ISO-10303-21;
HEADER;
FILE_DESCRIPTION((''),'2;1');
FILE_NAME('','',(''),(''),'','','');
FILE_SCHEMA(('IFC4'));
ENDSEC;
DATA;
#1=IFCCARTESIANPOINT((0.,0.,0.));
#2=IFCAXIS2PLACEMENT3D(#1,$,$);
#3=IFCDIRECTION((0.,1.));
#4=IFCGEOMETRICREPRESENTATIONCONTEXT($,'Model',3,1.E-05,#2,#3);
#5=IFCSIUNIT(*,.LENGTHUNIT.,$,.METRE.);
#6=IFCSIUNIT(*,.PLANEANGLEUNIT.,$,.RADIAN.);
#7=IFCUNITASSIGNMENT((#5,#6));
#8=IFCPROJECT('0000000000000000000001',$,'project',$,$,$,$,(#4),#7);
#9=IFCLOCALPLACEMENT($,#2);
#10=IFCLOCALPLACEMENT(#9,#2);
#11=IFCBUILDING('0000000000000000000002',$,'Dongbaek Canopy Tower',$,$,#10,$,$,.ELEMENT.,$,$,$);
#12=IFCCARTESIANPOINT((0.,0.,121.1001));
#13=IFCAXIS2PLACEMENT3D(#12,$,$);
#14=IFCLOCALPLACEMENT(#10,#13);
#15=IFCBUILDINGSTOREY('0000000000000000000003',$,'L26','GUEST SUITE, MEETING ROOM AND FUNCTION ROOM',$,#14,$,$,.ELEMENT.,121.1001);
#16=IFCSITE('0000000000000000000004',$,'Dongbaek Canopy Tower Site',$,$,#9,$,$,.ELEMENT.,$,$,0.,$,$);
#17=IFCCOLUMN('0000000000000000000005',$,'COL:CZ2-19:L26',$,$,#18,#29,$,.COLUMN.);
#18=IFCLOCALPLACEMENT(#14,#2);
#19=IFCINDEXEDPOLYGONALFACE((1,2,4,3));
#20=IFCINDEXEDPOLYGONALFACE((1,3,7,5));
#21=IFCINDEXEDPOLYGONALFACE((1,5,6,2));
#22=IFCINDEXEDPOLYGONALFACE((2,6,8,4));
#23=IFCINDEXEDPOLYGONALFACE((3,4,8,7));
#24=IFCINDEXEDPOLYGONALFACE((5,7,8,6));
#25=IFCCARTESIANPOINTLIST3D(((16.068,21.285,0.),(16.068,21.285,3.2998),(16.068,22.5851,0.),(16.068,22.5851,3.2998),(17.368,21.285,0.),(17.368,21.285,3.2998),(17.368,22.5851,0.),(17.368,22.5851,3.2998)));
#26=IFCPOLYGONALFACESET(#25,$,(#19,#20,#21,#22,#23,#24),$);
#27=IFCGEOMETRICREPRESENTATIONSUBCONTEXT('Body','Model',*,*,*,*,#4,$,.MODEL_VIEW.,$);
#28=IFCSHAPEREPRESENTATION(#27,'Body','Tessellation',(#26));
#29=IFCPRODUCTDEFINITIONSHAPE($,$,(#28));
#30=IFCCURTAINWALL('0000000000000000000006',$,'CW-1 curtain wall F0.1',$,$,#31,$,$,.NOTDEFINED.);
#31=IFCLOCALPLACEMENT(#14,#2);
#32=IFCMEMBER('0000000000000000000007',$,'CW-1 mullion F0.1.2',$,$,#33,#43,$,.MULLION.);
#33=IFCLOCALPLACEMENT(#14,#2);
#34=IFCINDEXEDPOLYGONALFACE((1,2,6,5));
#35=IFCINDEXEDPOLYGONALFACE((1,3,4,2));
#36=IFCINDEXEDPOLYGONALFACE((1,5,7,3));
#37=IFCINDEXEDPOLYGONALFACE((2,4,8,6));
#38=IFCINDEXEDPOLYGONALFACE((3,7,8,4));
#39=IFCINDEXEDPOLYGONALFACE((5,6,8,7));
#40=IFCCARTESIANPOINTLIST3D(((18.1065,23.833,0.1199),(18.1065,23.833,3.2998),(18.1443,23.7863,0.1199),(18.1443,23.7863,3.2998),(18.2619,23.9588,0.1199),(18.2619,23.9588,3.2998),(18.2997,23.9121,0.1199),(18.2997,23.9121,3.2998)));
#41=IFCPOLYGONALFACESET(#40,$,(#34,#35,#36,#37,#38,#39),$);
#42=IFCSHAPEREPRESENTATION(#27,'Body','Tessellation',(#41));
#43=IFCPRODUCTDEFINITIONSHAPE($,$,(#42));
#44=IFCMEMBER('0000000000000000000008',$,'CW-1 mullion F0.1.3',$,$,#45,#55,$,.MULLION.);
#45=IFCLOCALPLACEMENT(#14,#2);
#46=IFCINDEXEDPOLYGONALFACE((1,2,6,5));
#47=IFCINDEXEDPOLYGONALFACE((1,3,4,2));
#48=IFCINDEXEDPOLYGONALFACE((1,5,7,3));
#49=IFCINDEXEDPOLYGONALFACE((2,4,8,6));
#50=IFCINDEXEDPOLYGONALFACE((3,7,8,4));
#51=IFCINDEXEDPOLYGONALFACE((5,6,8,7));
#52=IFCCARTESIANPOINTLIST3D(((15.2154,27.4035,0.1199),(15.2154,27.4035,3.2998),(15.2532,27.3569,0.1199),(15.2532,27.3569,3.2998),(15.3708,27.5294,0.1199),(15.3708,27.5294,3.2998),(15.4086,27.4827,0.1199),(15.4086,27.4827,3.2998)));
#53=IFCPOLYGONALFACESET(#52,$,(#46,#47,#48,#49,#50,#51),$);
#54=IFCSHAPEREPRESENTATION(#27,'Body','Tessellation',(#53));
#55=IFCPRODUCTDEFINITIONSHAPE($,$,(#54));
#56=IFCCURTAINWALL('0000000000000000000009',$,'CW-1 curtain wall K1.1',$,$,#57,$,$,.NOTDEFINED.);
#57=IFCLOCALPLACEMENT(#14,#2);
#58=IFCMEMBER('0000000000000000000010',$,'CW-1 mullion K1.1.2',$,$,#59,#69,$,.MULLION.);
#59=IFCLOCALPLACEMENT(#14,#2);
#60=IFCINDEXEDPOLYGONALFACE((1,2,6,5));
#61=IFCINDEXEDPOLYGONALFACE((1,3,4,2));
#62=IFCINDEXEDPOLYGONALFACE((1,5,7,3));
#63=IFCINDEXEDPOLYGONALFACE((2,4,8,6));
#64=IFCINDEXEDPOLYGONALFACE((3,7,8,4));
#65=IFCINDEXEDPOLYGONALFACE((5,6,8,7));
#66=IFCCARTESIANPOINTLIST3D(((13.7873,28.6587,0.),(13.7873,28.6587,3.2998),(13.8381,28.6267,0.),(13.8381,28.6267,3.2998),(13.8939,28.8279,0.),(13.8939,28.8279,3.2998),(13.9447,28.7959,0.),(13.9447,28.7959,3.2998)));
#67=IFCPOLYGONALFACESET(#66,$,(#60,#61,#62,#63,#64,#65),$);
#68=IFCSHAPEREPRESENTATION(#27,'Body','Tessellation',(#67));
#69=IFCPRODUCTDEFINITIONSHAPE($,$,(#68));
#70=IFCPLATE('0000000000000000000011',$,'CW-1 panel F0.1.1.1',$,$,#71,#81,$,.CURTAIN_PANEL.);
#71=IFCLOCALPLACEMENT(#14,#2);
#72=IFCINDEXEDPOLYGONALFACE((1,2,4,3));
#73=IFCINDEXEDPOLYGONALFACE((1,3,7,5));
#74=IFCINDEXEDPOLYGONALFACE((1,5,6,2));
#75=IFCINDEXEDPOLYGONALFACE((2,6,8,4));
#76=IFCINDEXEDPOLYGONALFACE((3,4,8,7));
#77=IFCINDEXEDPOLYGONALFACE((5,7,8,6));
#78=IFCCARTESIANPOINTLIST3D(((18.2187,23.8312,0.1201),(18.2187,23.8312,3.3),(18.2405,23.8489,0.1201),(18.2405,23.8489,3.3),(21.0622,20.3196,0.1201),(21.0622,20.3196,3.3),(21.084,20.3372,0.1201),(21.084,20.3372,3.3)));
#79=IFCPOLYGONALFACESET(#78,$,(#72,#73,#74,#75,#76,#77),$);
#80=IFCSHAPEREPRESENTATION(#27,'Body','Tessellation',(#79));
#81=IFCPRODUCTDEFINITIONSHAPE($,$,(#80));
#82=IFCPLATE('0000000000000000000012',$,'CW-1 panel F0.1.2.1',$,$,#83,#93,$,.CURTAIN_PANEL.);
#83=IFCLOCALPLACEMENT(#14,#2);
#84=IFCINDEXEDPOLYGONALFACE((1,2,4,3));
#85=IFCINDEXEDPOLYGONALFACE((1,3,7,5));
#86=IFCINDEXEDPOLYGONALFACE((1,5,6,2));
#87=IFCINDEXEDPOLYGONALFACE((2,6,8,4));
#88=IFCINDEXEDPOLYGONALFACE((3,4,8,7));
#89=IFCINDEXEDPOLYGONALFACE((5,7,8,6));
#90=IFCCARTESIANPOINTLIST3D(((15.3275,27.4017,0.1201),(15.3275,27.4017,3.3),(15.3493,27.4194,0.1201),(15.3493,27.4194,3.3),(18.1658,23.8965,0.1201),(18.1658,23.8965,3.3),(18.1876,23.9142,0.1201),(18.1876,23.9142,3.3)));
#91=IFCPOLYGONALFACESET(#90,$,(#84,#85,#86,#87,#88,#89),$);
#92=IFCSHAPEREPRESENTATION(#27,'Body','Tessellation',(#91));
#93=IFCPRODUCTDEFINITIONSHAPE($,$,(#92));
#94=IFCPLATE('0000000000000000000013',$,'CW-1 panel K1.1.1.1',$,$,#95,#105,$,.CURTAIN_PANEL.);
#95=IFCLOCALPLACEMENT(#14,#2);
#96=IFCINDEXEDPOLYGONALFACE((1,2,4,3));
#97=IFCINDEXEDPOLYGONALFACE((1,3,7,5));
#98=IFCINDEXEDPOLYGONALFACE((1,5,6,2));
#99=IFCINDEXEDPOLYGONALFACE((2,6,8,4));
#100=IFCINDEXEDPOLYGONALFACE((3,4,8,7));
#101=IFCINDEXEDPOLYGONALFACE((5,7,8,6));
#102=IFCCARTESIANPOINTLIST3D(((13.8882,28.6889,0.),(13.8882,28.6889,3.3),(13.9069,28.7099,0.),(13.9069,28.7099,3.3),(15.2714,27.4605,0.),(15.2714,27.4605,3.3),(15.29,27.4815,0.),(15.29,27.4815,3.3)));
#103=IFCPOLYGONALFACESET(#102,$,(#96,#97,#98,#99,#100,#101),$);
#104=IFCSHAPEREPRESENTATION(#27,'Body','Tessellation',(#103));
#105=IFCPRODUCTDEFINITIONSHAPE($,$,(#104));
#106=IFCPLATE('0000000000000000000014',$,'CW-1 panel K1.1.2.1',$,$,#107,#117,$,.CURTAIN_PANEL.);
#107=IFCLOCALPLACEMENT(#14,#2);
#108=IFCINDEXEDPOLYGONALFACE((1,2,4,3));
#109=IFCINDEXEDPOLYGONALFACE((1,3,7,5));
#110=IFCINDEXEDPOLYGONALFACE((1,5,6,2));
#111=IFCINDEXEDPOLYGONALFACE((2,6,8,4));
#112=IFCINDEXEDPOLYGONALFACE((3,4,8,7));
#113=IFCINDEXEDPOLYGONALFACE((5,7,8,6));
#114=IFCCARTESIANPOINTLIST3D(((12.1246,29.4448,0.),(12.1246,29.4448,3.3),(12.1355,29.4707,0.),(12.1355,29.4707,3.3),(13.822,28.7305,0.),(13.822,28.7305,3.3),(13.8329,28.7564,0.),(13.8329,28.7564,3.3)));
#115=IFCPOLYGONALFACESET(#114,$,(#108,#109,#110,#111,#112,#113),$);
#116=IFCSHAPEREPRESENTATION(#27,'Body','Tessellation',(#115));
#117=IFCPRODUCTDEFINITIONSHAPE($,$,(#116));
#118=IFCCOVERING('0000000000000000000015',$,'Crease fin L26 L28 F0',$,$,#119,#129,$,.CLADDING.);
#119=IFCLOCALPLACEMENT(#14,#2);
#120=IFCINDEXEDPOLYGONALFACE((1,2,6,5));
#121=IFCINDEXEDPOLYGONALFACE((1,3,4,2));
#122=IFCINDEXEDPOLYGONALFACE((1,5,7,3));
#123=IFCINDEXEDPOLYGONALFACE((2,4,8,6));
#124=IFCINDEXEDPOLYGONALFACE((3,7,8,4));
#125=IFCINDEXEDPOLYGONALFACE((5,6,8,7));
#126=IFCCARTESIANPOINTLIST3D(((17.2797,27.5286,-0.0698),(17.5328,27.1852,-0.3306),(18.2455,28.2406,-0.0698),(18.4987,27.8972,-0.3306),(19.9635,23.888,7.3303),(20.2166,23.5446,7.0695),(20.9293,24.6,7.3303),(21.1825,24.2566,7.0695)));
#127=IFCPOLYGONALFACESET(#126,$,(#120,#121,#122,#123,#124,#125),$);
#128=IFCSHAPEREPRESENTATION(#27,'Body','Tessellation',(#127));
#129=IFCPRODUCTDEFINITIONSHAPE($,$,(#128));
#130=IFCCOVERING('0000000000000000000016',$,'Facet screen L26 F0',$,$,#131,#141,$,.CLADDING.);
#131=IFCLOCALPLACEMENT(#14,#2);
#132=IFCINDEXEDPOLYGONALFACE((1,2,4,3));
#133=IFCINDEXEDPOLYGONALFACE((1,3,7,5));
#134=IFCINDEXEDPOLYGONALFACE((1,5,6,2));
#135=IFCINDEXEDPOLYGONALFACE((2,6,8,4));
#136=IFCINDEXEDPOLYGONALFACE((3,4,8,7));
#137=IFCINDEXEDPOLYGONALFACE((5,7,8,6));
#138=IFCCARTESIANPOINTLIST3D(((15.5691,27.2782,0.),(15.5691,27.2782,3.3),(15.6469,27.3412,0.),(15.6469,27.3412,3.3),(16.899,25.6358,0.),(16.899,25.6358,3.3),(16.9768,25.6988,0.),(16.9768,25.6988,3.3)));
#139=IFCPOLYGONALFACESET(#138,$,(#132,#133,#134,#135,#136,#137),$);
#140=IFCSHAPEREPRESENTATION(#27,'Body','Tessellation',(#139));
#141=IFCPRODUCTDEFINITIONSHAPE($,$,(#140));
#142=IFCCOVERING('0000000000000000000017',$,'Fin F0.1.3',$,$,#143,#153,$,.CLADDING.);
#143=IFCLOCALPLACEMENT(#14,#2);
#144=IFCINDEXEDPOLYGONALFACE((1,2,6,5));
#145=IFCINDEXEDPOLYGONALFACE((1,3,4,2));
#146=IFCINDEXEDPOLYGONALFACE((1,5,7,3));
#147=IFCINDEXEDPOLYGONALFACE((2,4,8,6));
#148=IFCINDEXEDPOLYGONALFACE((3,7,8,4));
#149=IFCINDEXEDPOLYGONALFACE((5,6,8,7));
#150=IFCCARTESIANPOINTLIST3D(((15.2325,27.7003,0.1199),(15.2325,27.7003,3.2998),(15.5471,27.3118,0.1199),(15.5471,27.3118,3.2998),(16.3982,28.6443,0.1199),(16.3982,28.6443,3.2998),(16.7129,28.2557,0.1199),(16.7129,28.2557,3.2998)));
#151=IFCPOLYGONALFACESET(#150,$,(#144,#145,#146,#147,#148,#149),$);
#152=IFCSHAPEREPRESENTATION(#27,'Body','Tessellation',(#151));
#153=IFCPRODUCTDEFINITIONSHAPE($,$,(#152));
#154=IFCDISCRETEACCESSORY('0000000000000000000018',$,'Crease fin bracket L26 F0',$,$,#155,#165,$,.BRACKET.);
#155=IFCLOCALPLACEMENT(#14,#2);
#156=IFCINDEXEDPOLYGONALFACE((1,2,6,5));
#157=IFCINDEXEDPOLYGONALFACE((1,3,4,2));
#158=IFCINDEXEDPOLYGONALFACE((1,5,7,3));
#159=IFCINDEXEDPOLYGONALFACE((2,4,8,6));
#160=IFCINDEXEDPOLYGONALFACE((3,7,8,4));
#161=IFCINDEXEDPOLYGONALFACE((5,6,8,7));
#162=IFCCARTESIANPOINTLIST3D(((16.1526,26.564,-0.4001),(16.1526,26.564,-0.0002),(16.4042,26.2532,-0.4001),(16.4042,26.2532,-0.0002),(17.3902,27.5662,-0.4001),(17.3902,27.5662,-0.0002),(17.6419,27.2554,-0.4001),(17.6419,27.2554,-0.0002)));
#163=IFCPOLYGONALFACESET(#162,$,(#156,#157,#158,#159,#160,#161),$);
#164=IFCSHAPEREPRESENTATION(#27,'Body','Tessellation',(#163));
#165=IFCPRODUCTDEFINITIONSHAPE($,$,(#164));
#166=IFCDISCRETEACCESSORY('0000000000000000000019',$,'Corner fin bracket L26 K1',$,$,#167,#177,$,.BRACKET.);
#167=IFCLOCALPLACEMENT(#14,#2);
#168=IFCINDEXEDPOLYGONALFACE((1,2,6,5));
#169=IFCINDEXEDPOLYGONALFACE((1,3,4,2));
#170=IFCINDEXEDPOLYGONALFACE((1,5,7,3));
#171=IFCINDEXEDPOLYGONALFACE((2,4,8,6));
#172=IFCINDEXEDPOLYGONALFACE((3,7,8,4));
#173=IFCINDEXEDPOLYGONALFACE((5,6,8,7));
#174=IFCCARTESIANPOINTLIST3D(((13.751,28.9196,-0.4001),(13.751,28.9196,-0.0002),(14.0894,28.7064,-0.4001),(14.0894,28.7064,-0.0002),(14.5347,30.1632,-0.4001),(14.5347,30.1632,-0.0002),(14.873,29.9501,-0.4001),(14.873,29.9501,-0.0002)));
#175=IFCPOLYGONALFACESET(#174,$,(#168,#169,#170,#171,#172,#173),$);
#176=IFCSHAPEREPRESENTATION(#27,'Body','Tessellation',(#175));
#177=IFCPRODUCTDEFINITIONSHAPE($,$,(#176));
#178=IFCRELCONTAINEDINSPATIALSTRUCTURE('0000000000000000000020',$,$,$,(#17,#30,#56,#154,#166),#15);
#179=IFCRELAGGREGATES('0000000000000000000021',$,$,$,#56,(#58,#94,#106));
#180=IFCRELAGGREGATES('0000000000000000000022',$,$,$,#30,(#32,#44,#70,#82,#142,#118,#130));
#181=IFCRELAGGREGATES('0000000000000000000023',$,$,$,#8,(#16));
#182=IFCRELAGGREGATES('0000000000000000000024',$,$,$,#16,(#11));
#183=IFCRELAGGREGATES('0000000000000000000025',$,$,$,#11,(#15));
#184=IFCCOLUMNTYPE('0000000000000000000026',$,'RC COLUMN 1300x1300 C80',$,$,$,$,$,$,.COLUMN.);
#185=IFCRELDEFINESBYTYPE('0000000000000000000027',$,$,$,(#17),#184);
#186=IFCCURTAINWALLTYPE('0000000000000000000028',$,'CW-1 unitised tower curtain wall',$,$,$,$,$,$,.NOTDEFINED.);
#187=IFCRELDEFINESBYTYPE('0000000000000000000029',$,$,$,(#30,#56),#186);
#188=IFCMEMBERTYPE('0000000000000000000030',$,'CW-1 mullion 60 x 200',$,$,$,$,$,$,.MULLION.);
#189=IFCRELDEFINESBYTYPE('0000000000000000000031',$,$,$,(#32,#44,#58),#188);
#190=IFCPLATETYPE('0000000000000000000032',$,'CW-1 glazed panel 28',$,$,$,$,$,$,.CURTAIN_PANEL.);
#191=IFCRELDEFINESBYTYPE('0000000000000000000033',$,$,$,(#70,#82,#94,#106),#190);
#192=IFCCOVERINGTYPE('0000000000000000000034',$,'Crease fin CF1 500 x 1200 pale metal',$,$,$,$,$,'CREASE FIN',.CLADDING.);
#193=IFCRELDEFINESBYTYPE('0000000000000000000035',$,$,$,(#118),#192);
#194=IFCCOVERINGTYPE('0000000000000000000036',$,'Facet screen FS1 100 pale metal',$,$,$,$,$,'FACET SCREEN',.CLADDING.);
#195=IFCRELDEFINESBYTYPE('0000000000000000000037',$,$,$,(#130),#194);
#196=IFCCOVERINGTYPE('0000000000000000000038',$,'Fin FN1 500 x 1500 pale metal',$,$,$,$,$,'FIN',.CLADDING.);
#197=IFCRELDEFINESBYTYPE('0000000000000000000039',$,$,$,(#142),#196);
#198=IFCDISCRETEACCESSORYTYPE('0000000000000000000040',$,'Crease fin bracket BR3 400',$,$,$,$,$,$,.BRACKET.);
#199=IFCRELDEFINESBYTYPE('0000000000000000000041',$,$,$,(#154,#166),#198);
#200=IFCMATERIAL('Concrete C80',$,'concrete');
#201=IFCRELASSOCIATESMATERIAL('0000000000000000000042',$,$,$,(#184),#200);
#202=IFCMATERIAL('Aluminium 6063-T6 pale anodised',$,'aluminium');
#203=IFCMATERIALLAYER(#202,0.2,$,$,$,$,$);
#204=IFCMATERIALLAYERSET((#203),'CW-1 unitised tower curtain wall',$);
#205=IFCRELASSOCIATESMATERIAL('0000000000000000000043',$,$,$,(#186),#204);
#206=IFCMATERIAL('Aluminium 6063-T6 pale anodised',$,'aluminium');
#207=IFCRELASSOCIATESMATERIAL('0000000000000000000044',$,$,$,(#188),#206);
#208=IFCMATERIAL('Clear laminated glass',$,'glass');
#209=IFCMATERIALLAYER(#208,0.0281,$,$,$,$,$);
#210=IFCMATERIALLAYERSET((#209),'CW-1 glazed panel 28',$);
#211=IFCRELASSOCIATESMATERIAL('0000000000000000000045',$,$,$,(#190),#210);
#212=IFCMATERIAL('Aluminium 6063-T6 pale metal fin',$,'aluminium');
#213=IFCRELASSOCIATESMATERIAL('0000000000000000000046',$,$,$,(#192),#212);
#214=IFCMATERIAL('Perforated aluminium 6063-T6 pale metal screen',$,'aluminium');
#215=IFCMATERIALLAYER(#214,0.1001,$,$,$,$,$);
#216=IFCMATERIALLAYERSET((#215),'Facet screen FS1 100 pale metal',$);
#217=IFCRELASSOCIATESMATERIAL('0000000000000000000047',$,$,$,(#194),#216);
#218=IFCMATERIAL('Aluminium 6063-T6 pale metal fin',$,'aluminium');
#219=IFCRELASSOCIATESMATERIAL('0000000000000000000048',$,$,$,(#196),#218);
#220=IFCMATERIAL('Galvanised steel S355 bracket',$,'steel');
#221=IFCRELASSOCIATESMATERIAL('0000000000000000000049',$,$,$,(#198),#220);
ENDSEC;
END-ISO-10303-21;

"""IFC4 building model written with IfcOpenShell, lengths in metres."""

from ifc_helpers import new_model, si_unit, direction, frame, origin, origin_2d, place, context, subcontext, project, spatial, rectangle, extrude, material, layer, layer_set, material_profile, profile_set, type_object, element, aggregate, save


model = new_model("IFC4")

# Units and contexts
model_context = context("Model", 3, precision=1e-05, world=origin(), true_north=direction((0.0, 1.0)))
body_context = subcontext(model_context, "Body", "Model", "MODEL_VIEW")
ifc_project = project(units=[si_unit("LENGTHUNIT", "METRE"), si_unit("PLANEANGLEUNIT", "RADIAN")], contexts=[model_context])

# Site, building, storey
site_placement = place(None, origin())
site = spatial("IfcSite", under=ifc_project, at=site_placement, Name="Dongbaek Canopy Tower Site", CompositionType="ELEMENT", RefElevation=0.0)
building_placement = place(site_placement, origin())
building = spatial("IfcBuilding", under=site, at=building_placement, Name="Dongbaek Canopy Tower", CompositionType="ELEMENT")
storey_placement = place(building_placement, frame((0.0, 0.0, 121.1001)))
storey = spatial("IfcBuildingStorey", under=building, at=storey_placement, Name="L26", Description="GUEST SUITE, MEETING ROOM AND FUNCTION ROOM", CompositionType="ELEMENT", Elevation=121.1001)

# Column
ifc_material_1 = material(Name="Concrete C80", Category="concrete")
ifc_material_profile_1 = material_profile(ifc_material_1, rectangle(XDim=1.3, YDim=1.3, at=origin_2d()), Name="RC COLUMN 1300x1300 C80")
ifc_profile_set_1 = profile_set([ifc_material_profile_1], Name="Concrete C80")
column_type = type_object("IfcColumnType", Name="RC COLUMN 1300x1300 C80", PredefinedType="COLUMN", material=ifc_profile_set_1)
column_placement = place(storey_placement, frame((16.718, 21.9351, 0.0), z_axis=(0.0, 0.0, 1.0), x_axis=(1.0, 0.0, 0.0)))
element("IfcColumn", 1, at=column_placement, inside=storey, type_object=column_type, Name="COL:CZ2-19:L26", PredefinedType="COLUMN", context=body_context, shape_type="SweptSolid", body=[
    extrude(rectangle(XDim=1.3, YDim=1.3, at=origin_2d()), origin(), (0.0, 0.0, 1.0), 3.2998),
])

# Curtain wall, members
ifc_material_2 = material(Name="Aluminium 6063-T6 pale anodised", Category="aluminium")
ifc_layer_1 = layer(ifc_material_2, 0.2)
ifc_layer_set_1 = layer_set([ifc_layer_1], Name="CW-1 unitised tower curtain wall")
curtain_wall_type = type_object("IfcCurtainWallType", Name="CW-1 unitised tower curtain wall", PredefinedType="NOTDEFINED", material=ifc_layer_set_1)
curtain_wall_1_placement = place(storey_placement, origin())
curtain_wall_1 = element("IfcCurtainWall", 2, at=curtain_wall_1_placement, inside=storey, type_object=curtain_wall_type, Name="CW-1 curtain wall F0.1", PredefinedType="NOTDEFINED")
ifc_material_3 = material(Name="Aluminium 6063-T6 pale anodised", Category="aluminium")
ifc_material_profile_2 = material_profile(ifc_material_3, rectangle(XDim=0.2, YDim=0.0601, at=origin_2d()), Name="CW-1 mullion 60 x 200")
ifc_profile_set_2 = profile_set([ifc_material_profile_2], Name="Aluminium 6063-T6 pale anodised")
member_type = type_object("IfcMemberType", Name="CW-1 mullion 60 x 200", PredefinedType="MULLION", material=ifc_profile_set_2)
member_1_placement = place(storey_placement, frame((18.2031, 23.8726, 0.1199), z_axis=(0.0, 0.0, 1.0), x_axis=(0.777161, 0.629302, 0.0)))
member_1 = element("IfcMember", 3, at=member_1_placement, type_object=member_type, Name="CW-1 mullion F0.1.2", PredefinedType="MULLION", context=body_context, shape_type="SweptSolid", body=[
    extrude(rectangle(XDim=0.2, YDim=0.0601, at=origin_2d()), origin(), (0.0, 0.0, 1.0), 3.1799),
])
member_2_placement = place(storey_placement, frame((15.312, 27.4431, 0.1199), z_axis=(0.0, 0.0, 1.0), x_axis=(0.777161, 0.629302, 0.0)))
member_2 = element("IfcMember", 4, at=member_2_placement, type_object=member_type, Name="CW-1 mullion F0.1.3", PredefinedType="MULLION", context=body_context, shape_type="SweptSolid", body=[
    extrude(rectangle(XDim=0.2, YDim=0.0601, at=origin_2d()), origin(), (0.0, 0.0, 1.0), 3.1799),
])

# Curtain wall, member
curtain_wall_2_placement = place(storey_placement, origin())
curtain_wall_2 = element("IfcCurtainWall", 5, at=curtain_wall_2_placement, inside=storey, type_object=curtain_wall_type, Name="CW-1 curtain wall K1.1", PredefinedType="NOTDEFINED")
member_3_placement = place(storey_placement, frame((13.866, 28.7273, 0.0), z_axis=(0.0, 0.0, 1.0), x_axis=(0.533091, 0.846058, 0.0)))
member_3 = element("IfcMember", 6, at=member_3_placement, type_object=member_type, Name="CW-1 mullion K1.1.2", PredefinedType="MULLION", context=body_context, shape_type="SweptSolid", body=[
    extrude(rectangle(XDim=0.2, YDim=0.0601, at=origin_2d()), origin(), (0.0, 0.0, 1.0), 3.2998),
])

# Plates
ifc_material_4 = material(Name="Clear laminated glass", Category="glass")
ifc_layer_2 = layer(ifc_material_4, 0.0281)
ifc_layer_set_2 = layer_set([ifc_layer_2], Name="CW-1 glazed panel 28")
plate_type = type_object("IfcPlateType", Name="CW-1 glazed panel 28", PredefinedType="CURTAIN_PANEL", material=ifc_layer_set_2)
plate_1_placement = place(storey_placement, frame((19.6514, 22.0842, 0.1201), z_axis=(0.0, 0.0, 1.0), x_axis=(-0.629302, 0.777161, 0.0)))
plate_1 = element("IfcPlate", 7, at=plate_1_placement, type_object=plate_type, Name="CW-1 panel F0.1.1.1", PredefinedType="CURTAIN_PANEL", context=body_context, shape_type="SweptSolid", body=[
    extrude(rectangle(XDim=4.5186, YDim=0.0281, at=origin_2d()), origin(), (0.0, 0.0, 1.0), 3.1799),
])
plate_2_placement = place(storey_placement, frame((16.7576, 25.658, 0.1201), z_axis=(0.0, 0.0, 1.0), x_axis=(-0.629302, 0.777161, 0.0)))
plate_2 = element("IfcPlate", 8, at=plate_2_placement, type_object=plate_type, Name="CW-1 panel F0.1.2.1", PredefinedType="CURTAIN_PANEL", context=body_context, shape_type="SweptSolid", body=[
    extrude(rectangle(XDim=4.5103, YDim=0.0281, at=origin_2d()), origin(), (0.0, 0.0, 1.0), 3.1799),
])
plate_3_placement = place(storey_placement, frame((14.5891, 28.0852, 0.0), z_axis=(0.0, 0.0, 1.0), x_axis=(-0.747706, 0.66403, 0.0)))
plate_3 = element("IfcPlate", 9, at=plate_3_placement, type_object=plate_type, Name="CW-1 panel K1.1.1.1", PredefinedType="CURTAIN_PANEL", context=body_context, shape_type="SweptSolid", body=[
    extrude(rectangle(XDim=1.8499, YDim=0.0281, at=origin_2d()), origin(), (0.0, 0.0, 1.0), 3.3),
])
plate_4_placement = place(storey_placement, frame((12.9788, 29.1006, 0.0), z_axis=(0.0, 0.0, 1.0), x_axis=(-0.92172, 0.387856, 0.0)))
plate_4 = element("IfcPlate", 10, at=plate_4_placement, type_object=plate_type, Name="CW-1 panel K1.1.2.1", PredefinedType="CURTAIN_PANEL", context=body_context, shape_type="SweptSolid", body=[
    extrude(rectangle(XDim=1.8416, YDim=0.0281, at=origin_2d()), origin(), (0.0, 0.0, 1.0), 3.3),
])
aggregate(curtain_wall_2, [member_3, plate_3, plate_4])

# Coverings
ifc_material_5 = material(Name="Aluminium 6063-T6 pale metal fin", Category="aluminium")
ifc_material_profile_3 = material_profile(ifc_material_5, rectangle(XDim=1.2, YDim=0.5, at=origin_2d()), Name="Crease fin CF1 500 x 1200 pale metal")
ifc_profile_set_3 = profile_set([ifc_material_profile_3], Name="Aluminium 6063-T6 pale metal fin")
covering_type_1 = type_object("IfcCoveringType", Name="Crease fin CF1 500 x 1200 pale metal", ElementType="CREASE FIN", PredefinedType="CLADDING", material=ifc_profile_set_3)
covering_1_placement = place(storey_placement, frame((17.8892, 27.7129, -0.2002), z_axis=(0.309451, -0.41977, 0.853249), x_axis=(0.804922, 0.593381, 0.0)))
covering_1 = element("IfcCovering", 11, at=covering_1_placement, type_object=covering_type_1, Name="Crease fin L26 L28 F0", PredefinedType="CLADDING", context=body_context, shape_type="SweptSolid", body=[
    extrude(rectangle(XDim=1.2, YDim=0.5, at=origin_2d()), origin(), (0.0, 0.0, 1.0), 8.6729),
])
ifc_material_6 = material(Name="Perforated aluminium 6063-T6 pale metal screen", Category="aluminium")
ifc_layer_3 = layer(ifc_material_6, 0.1001)
ifc_layer_set_3 = layer_set([ifc_layer_3], Name="Facet screen FS1 100 pale metal")
covering_type_2 = type_object("IfcCoveringType", Name="Facet screen FS1 100 pale metal", ElementType="FACET SCREEN", PredefinedType="CLADDING", material=ifc_layer_set_3)
covering_2_placement = place(storey_placement, frame((16.2729, 26.4885, 0.0), z_axis=(0.0, 0.0, 1.0), x_axis=(-0.629301, 0.777161, 0.0)))
covering_2 = element("IfcCovering", 12, at=covering_2_placement, type_object=covering_type_2, Name="Facet screen L26 F0", PredefinedType="CLADDING", context=body_context, shape_type="SweptSolid", body=[
    extrude(rectangle(XDim=2.1133, YDim=0.1001, at=origin_2d()), origin(), (0.0, 0.0, 1.0), 3.3),
])
ifc_material_7 = material(Name="Aluminium 6063-T6 pale metal fin", Category="aluminium")
ifc_material_profile_4 = material_profile(ifc_material_7, rectangle(XDim=1.5, YDim=0.5, at=origin_2d()), Name="Fin FN1 500 x 1500 pale metal")
ifc_profile_set_4 = profile_set([ifc_material_profile_4], Name="Aluminium 6063-T6 pale metal fin")
covering_type_3 = type_object("IfcCoveringType", Name="Fin FN1 500 x 1500 pale metal", ElementType="FIN", PredefinedType="CLADDING", material=ifc_profile_set_4)
covering_3_placement = place(storey_placement, frame((15.9727, 27.978, 0.1199), z_axis=(0.0, 0.0, 1.0), x_axis=(0.777161, 0.629302, 0.0)))
covering_3 = element("IfcCovering", 13, at=covering_3_placement, type_object=covering_type_3, Name="Fin F0.1.3", PredefinedType="CLADDING", context=body_context, shape_type="SweptSolid", body=[
    extrude(rectangle(XDim=1.5, YDim=0.5, at=origin_2d()), origin(), (0.0, 0.0, 1.0), 3.1799),
])
aggregate(curtain_wall_1, [member_1, member_2, plate_1, plate_2, covering_3, covering_1, covering_2])

# Discrete accessories
ifc_material_8 = material(Name="Galvanised steel S355 bracket", Category="steel")
discrete_accessory_type = type_object("IfcDiscreteAccessoryType", Name="Crease fin bracket BR3 400", PredefinedType="BRACKET", material=ifc_material_8)
discrete_accessory_1_placement = place(storey_placement, frame((16.8972, 26.9097, -0.4001), z_axis=(0.0, 0.0, 1.0), x_axis=(0.777161, 0.629301, 0.0)))
element("IfcDiscreteAccessory", 14, at=discrete_accessory_1_placement, inside=storey, type_object=discrete_accessory_type, Name="Crease fin bracket L26 F0", PredefinedType="BRACKET", context=body_context, shape_type="SweptSolid", body=[
    extrude(rectangle(XDim=1.5925, YDim=0.3999, at=origin_2d()), origin(), (0.0, 0.0, 1.0), 0.3999),
])
discrete_accessory_2_placement = place(storey_placement, frame((14.312, 29.4348, -0.4001), z_axis=(0.0, 0.0, 1.0), x_axis=(0.53309, 0.846058, 0.0)))
element("IfcDiscreteAccessory", 15, at=discrete_accessory_2_placement, inside=storey, type_object=discrete_accessory_type, Name="Corner fin bracket L26 K1", PredefinedType="BRACKET", context=body_context, shape_type="SweptSolid", body=[
    extrude(rectangle(XDim=1.47, YDim=0.3999, at=origin_2d()), origin(), (0.0, 0.0, 1.0), 0.3999),
])

save(model, "model.ifc")
